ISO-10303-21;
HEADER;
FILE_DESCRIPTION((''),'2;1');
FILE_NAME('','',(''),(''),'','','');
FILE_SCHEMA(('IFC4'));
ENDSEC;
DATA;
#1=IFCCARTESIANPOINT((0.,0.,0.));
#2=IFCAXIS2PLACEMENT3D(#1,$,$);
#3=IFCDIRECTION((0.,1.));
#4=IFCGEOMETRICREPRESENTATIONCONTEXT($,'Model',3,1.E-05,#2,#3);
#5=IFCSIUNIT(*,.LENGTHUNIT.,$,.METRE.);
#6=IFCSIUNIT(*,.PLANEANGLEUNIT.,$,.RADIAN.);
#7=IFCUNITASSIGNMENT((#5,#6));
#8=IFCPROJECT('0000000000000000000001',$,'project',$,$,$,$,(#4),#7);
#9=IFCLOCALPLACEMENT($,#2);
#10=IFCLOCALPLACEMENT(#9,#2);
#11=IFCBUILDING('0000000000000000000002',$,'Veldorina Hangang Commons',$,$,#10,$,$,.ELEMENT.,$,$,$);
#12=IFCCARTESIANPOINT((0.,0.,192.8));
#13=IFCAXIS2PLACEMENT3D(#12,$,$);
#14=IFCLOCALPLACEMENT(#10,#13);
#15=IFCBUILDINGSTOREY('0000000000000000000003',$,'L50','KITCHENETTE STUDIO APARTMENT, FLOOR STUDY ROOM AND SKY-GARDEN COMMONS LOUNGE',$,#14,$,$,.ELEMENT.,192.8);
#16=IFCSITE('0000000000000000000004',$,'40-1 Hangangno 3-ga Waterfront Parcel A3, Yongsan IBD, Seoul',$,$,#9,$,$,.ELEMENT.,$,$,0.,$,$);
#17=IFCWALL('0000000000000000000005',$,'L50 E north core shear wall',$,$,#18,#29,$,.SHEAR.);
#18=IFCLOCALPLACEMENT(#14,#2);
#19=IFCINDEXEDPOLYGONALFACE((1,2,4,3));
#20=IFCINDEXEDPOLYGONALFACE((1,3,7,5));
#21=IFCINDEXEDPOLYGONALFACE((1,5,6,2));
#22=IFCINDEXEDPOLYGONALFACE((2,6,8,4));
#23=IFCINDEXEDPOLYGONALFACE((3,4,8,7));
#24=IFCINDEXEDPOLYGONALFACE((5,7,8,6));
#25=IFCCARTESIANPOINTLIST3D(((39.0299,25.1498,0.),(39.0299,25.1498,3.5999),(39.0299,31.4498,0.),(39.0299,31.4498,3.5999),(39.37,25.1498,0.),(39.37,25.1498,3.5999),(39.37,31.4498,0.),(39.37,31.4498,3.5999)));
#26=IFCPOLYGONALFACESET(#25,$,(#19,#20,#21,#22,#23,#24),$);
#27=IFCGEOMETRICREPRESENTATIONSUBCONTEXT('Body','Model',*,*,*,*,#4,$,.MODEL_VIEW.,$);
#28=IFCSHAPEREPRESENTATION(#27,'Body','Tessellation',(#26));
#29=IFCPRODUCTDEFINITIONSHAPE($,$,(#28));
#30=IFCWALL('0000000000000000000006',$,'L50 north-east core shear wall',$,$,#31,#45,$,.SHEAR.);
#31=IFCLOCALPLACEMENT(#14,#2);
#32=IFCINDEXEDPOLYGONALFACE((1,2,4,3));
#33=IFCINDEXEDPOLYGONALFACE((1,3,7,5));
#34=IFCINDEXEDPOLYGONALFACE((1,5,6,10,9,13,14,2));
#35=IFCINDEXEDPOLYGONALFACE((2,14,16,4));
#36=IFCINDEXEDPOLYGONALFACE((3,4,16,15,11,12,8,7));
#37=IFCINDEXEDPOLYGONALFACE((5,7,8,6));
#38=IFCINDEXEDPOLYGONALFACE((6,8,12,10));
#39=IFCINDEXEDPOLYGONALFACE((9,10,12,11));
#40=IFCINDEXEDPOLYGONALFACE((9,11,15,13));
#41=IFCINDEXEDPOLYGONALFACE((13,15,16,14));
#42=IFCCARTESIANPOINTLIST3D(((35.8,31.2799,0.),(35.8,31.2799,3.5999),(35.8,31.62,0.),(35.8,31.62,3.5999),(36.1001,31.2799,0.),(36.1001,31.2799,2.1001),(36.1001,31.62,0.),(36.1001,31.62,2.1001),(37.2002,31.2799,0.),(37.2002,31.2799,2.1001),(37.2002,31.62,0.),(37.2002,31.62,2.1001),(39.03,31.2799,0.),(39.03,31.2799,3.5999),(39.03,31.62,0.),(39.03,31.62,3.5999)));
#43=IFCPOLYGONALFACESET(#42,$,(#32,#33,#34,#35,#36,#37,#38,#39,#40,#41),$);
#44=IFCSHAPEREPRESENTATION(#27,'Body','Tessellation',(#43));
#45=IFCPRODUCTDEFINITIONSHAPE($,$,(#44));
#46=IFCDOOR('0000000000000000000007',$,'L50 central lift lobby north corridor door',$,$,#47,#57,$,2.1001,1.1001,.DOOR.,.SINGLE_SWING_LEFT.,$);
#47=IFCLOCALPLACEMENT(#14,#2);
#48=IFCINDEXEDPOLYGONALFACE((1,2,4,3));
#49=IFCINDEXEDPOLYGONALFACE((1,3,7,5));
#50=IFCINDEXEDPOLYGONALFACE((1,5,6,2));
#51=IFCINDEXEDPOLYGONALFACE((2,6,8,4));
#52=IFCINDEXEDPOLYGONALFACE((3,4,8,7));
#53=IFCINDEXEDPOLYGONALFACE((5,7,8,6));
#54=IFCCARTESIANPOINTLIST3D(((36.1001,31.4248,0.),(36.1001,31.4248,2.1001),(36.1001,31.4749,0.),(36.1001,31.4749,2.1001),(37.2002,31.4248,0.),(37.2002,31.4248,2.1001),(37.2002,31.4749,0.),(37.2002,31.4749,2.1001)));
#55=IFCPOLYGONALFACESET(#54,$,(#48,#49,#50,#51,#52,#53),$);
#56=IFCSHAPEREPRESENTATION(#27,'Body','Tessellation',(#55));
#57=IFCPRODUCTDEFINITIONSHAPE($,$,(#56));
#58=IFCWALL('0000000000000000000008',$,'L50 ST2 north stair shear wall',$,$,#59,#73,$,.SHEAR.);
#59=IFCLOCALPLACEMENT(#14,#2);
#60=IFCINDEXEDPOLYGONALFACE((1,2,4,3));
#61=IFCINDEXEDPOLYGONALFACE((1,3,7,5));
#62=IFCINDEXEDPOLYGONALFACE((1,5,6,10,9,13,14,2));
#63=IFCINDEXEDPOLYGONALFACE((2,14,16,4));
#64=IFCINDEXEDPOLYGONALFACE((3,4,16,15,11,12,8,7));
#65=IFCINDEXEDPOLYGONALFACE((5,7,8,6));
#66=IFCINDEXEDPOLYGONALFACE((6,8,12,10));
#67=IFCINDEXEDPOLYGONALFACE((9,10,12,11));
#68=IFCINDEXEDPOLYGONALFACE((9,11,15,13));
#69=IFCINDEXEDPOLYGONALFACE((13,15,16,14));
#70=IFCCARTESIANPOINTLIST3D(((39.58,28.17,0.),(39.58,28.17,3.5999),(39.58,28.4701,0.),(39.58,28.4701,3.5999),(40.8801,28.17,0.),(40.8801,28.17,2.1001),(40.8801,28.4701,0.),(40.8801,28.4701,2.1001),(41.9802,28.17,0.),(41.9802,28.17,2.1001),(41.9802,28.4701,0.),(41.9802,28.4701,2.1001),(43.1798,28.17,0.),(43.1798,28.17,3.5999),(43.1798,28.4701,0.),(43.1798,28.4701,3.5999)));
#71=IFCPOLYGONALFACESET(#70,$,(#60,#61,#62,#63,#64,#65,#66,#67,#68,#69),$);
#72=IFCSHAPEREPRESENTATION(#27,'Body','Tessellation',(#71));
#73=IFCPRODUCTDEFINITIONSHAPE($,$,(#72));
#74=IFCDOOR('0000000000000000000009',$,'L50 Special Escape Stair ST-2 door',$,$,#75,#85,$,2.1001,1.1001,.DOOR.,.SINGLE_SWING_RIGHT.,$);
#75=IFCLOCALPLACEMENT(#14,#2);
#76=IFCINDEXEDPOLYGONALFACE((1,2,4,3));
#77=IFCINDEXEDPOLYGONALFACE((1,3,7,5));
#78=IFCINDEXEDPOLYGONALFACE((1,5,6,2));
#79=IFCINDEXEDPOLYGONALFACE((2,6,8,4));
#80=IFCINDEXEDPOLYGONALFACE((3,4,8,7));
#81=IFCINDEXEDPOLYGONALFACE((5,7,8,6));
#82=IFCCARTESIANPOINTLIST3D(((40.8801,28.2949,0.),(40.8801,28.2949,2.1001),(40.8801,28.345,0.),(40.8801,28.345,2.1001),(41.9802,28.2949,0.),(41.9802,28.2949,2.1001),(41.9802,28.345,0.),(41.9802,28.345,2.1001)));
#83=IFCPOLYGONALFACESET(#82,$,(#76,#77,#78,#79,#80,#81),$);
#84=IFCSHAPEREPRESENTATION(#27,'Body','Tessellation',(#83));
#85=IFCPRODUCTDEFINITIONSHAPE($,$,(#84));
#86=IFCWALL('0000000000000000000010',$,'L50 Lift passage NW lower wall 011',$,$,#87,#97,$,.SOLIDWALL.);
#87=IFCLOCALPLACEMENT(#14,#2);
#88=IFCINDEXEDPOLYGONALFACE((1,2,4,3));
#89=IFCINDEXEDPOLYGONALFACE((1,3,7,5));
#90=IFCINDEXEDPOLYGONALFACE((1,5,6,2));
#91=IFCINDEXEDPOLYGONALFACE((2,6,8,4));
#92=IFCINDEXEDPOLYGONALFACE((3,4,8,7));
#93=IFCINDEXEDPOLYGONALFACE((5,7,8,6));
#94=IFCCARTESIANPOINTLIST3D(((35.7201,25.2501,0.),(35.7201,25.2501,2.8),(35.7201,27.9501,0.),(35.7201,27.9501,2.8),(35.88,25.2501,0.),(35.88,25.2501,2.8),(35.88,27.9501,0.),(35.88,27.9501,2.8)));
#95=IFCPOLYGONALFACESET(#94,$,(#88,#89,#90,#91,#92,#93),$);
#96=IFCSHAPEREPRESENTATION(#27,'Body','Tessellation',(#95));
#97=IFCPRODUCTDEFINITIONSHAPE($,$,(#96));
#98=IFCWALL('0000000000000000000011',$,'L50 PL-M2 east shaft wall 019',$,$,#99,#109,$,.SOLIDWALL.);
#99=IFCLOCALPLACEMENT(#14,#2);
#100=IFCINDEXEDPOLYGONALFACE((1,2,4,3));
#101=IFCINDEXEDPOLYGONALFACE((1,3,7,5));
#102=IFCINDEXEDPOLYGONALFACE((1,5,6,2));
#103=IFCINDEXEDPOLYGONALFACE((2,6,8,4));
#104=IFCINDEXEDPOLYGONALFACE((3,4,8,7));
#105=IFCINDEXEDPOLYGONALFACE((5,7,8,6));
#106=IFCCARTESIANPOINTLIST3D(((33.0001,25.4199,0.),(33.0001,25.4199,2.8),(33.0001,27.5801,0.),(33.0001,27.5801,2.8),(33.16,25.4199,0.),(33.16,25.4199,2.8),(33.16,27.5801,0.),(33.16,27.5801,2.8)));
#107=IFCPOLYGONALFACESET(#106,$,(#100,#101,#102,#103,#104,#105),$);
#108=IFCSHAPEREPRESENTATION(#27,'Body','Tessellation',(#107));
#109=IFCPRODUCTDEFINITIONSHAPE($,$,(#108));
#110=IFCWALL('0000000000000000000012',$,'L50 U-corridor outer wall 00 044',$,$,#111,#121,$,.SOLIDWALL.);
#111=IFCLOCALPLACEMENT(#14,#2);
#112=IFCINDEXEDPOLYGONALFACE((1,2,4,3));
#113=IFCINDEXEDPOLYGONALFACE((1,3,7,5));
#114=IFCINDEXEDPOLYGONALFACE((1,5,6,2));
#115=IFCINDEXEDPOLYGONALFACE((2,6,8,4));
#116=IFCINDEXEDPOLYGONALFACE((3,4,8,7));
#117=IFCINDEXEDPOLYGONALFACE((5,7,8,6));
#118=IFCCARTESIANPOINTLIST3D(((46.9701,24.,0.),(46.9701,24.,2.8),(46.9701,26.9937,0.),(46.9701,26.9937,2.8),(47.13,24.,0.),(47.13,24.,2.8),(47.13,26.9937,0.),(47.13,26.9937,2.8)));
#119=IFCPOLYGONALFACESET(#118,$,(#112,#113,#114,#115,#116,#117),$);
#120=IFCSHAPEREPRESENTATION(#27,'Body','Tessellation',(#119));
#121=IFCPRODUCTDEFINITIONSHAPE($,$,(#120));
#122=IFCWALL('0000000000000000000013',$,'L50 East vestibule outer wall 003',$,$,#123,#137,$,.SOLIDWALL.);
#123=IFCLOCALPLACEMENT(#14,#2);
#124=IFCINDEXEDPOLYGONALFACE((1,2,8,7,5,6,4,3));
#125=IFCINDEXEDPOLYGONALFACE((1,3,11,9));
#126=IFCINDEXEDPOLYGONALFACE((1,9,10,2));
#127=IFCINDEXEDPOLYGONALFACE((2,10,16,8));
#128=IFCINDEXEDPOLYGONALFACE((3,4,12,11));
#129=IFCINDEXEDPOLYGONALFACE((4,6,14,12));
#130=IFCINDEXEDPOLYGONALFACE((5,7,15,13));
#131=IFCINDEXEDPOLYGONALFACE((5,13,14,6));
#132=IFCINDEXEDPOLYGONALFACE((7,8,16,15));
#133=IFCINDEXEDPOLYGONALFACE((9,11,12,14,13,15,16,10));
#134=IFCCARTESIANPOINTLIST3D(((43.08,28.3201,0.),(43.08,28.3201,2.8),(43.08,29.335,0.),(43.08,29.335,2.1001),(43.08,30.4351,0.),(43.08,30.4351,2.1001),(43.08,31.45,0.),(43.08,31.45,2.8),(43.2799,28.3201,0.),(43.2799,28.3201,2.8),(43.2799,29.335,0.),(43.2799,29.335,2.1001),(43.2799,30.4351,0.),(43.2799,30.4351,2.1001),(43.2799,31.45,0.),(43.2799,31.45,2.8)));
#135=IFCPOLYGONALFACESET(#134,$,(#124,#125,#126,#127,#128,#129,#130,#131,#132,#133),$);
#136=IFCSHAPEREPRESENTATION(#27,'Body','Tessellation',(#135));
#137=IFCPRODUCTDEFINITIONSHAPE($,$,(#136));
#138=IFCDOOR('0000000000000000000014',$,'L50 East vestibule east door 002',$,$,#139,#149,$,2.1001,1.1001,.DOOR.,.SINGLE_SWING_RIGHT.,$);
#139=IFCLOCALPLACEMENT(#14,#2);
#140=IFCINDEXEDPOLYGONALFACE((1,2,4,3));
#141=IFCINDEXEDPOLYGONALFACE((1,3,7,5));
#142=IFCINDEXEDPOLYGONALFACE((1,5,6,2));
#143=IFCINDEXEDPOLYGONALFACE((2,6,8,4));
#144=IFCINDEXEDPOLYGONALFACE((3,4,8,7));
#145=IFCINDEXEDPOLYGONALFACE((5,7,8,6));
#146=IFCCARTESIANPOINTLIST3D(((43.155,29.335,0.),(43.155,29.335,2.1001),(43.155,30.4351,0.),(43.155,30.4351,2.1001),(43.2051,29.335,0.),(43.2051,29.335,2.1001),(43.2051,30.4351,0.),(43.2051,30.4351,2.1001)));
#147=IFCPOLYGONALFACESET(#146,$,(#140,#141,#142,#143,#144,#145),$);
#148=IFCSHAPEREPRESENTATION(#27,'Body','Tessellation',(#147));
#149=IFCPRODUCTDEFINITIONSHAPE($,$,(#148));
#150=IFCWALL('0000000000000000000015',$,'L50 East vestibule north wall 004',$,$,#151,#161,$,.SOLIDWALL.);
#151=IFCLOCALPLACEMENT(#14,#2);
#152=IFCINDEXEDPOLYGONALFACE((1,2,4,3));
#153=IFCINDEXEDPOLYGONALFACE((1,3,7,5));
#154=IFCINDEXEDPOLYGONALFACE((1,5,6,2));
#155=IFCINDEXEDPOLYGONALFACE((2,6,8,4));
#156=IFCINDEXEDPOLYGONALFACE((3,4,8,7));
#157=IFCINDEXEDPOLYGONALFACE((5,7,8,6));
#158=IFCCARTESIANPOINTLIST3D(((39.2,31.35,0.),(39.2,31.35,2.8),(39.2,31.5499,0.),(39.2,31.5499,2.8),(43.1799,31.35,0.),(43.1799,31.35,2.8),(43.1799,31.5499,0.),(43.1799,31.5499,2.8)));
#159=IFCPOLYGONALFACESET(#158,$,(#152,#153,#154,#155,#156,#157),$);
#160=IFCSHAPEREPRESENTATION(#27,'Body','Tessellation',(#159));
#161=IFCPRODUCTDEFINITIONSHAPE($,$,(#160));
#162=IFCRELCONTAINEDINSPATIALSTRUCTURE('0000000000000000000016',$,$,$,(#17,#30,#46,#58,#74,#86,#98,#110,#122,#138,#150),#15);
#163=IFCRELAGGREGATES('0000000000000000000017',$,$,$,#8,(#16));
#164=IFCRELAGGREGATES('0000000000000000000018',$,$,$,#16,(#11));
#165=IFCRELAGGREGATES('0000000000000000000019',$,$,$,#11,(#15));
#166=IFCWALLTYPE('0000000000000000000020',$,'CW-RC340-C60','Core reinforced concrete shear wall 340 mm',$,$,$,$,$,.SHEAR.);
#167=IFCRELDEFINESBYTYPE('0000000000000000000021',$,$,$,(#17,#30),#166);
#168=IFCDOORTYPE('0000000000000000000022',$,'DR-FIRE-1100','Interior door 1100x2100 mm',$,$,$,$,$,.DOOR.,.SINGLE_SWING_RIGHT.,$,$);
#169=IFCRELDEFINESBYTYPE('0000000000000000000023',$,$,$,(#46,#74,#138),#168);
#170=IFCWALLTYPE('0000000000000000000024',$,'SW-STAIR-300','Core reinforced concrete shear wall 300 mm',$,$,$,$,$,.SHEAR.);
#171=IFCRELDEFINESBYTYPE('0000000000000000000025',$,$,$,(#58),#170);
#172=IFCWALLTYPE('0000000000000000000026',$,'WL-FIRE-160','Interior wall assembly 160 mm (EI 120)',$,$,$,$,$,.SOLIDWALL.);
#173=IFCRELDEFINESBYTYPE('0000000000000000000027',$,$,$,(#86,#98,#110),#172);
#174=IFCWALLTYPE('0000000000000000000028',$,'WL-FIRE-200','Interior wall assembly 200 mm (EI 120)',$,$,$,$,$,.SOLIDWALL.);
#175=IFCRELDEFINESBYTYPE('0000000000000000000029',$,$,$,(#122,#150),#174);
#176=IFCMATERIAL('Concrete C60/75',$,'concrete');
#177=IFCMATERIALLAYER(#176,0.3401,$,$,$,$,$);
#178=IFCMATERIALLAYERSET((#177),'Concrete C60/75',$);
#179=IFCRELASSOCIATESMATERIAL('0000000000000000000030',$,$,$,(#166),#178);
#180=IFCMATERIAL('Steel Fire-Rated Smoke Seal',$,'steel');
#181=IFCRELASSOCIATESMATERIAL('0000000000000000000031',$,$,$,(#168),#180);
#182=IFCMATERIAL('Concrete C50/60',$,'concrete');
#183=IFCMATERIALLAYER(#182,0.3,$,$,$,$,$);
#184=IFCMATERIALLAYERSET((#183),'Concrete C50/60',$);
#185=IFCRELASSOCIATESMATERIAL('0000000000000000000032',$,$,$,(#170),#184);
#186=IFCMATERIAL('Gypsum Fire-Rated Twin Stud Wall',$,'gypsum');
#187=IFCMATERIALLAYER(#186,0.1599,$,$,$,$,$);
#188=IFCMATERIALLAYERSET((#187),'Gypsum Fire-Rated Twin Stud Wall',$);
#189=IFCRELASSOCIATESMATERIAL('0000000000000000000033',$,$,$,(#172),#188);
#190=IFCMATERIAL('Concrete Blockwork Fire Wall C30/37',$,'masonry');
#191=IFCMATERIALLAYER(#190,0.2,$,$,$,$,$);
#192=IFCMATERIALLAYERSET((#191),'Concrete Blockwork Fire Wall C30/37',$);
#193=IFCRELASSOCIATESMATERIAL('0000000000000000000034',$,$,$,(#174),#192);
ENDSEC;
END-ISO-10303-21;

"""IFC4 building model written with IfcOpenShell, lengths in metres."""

from ifc_helpers import new_model, si_unit, direction, frame, frame_2d, origin, place, context, subcontext, project, spatial, rectangle, extrude, material, layer, layer_set, type_object, element, fill, save


model = new_model("IFC4")

# Units and contexts
model_context = context("Model", 3, precision=1e-05, world=origin(), true_north=direction((0.0, 1.0)))
body_context = subcontext(model_context, "Body", "Model", "MODEL_VIEW")
ifc_project = project(units=[si_unit("LENGTHUNIT", "METRE"), si_unit("PLANEANGLEUNIT", "RADIAN")], contexts=[model_context])

# Site, building, storey
site_placement = place(None, origin())
site = spatial("IfcSite", under=ifc_project, at=site_placement, Name="40-1 Hangangno 3-ga Waterfront Parcel A3, Yongsan IBD, Seoul", CompositionType="ELEMENT", RefElevation=0.0)
building_placement = place(site_placement, origin())
building = spatial("IfcBuilding", under=site, at=building_placement, Name="Veldorina Hangang Commons", CompositionType="ELEMENT")
storey_placement = place(building_placement, frame((0.0, 0.0, 192.8)))
storey = spatial("IfcBuildingStorey", under=building, at=storey_placement, Name="L50", Description="KITCHENETTE STUDIO APARTMENT, FLOOR STUDY ROOM AND SKY-GARDEN COMMONS LOUNGE", CompositionType="ELEMENT", Elevation=192.8)

# Wall
ifc_material_1 = material(Name="Concrete C60/75", Category="concrete")
ifc_layer_1 = layer(ifc_material_1, 0.3401)
ifc_layer_set_1 = layer_set([ifc_layer_1], Name="Concrete C60/75")
wall_type_1 = type_object("IfcWallType", Name="CW-RC340-C60", Description="Core reinforced concrete shear wall 340 mm", PredefinedType="SHEAR", material=ifc_layer_set_1)
wall_1_placement = place(storey_placement, frame((39.2, 25.1499, 0.0), z_axis=(0.0, 0.0, 1.0), x_axis=(0.0, 1.0, 0.0)))
element("IfcWall", 1, at=wall_1_placement, inside=storey, type_object=wall_type_1, Name="L50 E north core shear wall", PredefinedType="SHEAR", context=body_context, shape_type="SweptSolid", body=[
    extrude(rectangle(XDim=6.3, YDim=0.3401, at=frame_2d((3.1499, 0.0))), origin(), (0.0, 0.0, 1.0), 3.5999),
])

# Walls, openings, doors
wall_2_placement = place(storey_placement, frame((35.8, 31.45, 0.0), z_axis=(0.0, 0.0, 1.0), x_axis=(1.0, 0.0, 0.0)))
wall_2 = element("IfcWall", 2, at=wall_2_placement, inside=storey, type_object=wall_type_1, Name="L50 north-east core shear wall", PredefinedType="SHEAR", context=body_context, shape_type="SweptSolid", body=[
    extrude(rectangle(XDim=3.23, YDim=0.3401, at=frame_2d((1.615, 0.0))), origin(), (0.0, 0.0, 1.0), 3.5999),
])
opening_1_placement = place(wall_2_placement, frame((0.3, 0.0, 0.0)))
opening_1 = element("IfcOpeningElement", 3, at=opening_1_placement, cuts=wall_2, PredefinedType="OPENING", context=body_context, shape_type="SweptSolid", body=[
    extrude(rectangle(XDim=1.1001, YDim=2.1001, at=frame_2d((0.55, 1.05))), frame((0.0, 0.1802, 0.0), z_axis=(0.0, -1.0, 0.0), x_axis=(1.0, 0.0, 0.0)), (0.0, 0.0, 1.0), 0.3601),
])
ifc_material_2 = material(Name="Steel Fire-Rated Smoke Seal", Category="steel")
door_type_1 = type_object("IfcDoorType", Name="DR-FIRE-1100", Description="Interior door 1100x2100 mm", OperationType="SINGLE_SWING_RIGHT", PredefinedType="DOOR", material=ifc_material_2)
door_1_placement = place(opening_1_placement, origin())
door_1 = element("IfcDoor", 4, at=door_1_placement, inside=storey, type_object=door_type_1, Name="L50 central lift lobby north corridor door", OperationType="SINGLE_SWING_LEFT", OverallHeight=2.1001, OverallWidth=1.1001, PredefinedType="DOOR", context=body_context, shape_type="SweptSolid", body=[
    extrude(rectangle(XDim=1.1001, YDim=2.1001, at=frame_2d((0.55, 1.05))), frame((0.0, 0.0249, 0.0), z_axis=(0.0, -1.0, 0.0), x_axis=(1.0, 0.0, 0.0)), (0.0, 0.0, 1.0), 0.05),
])
fill(opening_1, door_1)
ifc_material_3 = material(Name="Concrete C50/60", Category="concrete")
ifc_layer_2 = layer(ifc_material_3, 0.3)
ifc_layer_set_2 = layer_set([ifc_layer_2], Name="Concrete C50/60")
wall_type_2 = type_object("IfcWallType", Name="SW-STAIR-300", Description="Core reinforced concrete shear wall 300 mm", PredefinedType="SHEAR", material=ifc_layer_set_2)
wall_3_placement = place(storey_placement, frame((39.5801, 28.3201, 0.0), z_axis=(0.0, 0.0, 1.0), x_axis=(1.0, 0.0, 0.0)))
wall_3 = element("IfcWall", 5, at=wall_3_placement, inside=storey, type_object=wall_type_2, Name="L50 ST2 north stair shear wall", PredefinedType="SHEAR", context=body_context, shape_type="SweptSolid", body=[
    extrude(rectangle(XDim=3.5999, YDim=0.3, at=frame_2d((1.7998, 0.0))), origin(), (0.0, 0.0, 1.0), 3.5999),
])
opening_2_placement = place(wall_3_placement, frame((1.3, 0.0, 0.0)))
opening_2 = element("IfcOpeningElement", 6, at=opening_2_placement, cuts=wall_3, PredefinedType="OPENING", context=body_context, shape_type="SweptSolid", body=[
    extrude(rectangle(XDim=1.1001, YDim=2.1001, at=frame_2d((0.55, 1.05))), frame((0.0, 0.1602, 0.0), z_axis=(0.0, -1.0, 0.0), x_axis=(1.0, 0.0, 0.0)), (0.0, 0.0, 1.0), 0.3201),
])
door_2_placement = place(opening_2_placement, origin())
door_2 = element("IfcDoor", 7, at=door_2_placement, inside=storey, type_object=door_type_1, Name="L50 Special Escape Stair ST-2 door", OperationType="SINGLE_SWING_RIGHT", OverallHeight=2.1001, OverallWidth=1.1001, PredefinedType="DOOR", context=body_context, shape_type="SweptSolid", body=[
    extrude(rectangle(XDim=1.1001, YDim=2.1001, at=frame_2d((0.55, 1.05))), frame((0.0, 0.0249, 0.0), z_axis=(0.0, -1.0, 0.0), x_axis=(1.0, 0.0, 0.0)), (0.0, 0.0, 1.0), 0.05),
])
fill(opening_2, door_2)

# Walls
ifc_material_4 = material(Name="Gypsum Fire-Rated Twin Stud Wall", Category="gypsum")
ifc_layer_3 = layer(ifc_material_4, 0.1599)
ifc_layer_set_3 = layer_set([ifc_layer_3], Name="Gypsum Fire-Rated Twin Stud Wall")
wall_type_3 = type_object("IfcWallType", Name="WL-FIRE-160", Description="Interior wall assembly 160 mm (EI 120)", PredefinedType="SOLIDWALL", material=ifc_layer_set_3)
wall_4_placement = place(storey_placement, frame((35.8, 25.25, 0.0), z_axis=(0.0, 0.0, 1.0), x_axis=(0.0, 1.0, 0.0)))
element("IfcWall", 8, at=wall_4_placement, inside=storey, type_object=wall_type_3, Name="L50 Lift passage NW lower wall 011", PredefinedType="SOLIDWALL", context=body_context, shape_type="SweptSolid", body=[
    extrude(rectangle(XDim=2.7, YDim=0.1599, at=frame_2d((1.3501, 0.0))), origin(), (0.0, 0.0, 1.0), 2.8),
])
wall_5_placement = place(storey_placement, frame((33.0801, 25.4199, 0.0), z_axis=(0.0, 0.0, 1.0), x_axis=(0.0, 1.0, 0.0)))
element("IfcWall", 9, at=wall_5_placement, inside=storey, type_object=wall_type_3, Name="L50 PL-M2 east shaft wall 019", PredefinedType="SOLIDWALL", context=body_context, shape_type="SweptSolid", body=[
    extrude(rectangle(XDim=2.1602, YDim=0.1599, at=frame_2d((1.0801, 0.0))), origin(), (0.0, 0.0, 1.0), 2.8),
])
wall_6_placement = place(storey_placement, frame((47.05, 24.0, 0.0), z_axis=(0.0, 0.0, 1.0), x_axis=(0.0, 1.0, 0.0)))
element("IfcWall", 10, at=wall_6_placement, inside=storey, type_object=wall_type_3, Name="L50 U-corridor outer wall 00 044", PredefinedType="SOLIDWALL", context=body_context, shape_type="SweptSolid", body=[
    extrude(rectangle(XDim=2.9937, YDim=0.1599, at=frame_2d((1.4968, 0.0))), origin(), (0.0, 0.0, 1.0), 2.8),
])

# Wall, opening, door
ifc_material_5 = material(Name="Concrete Blockwork Fire Wall C30/37", Category="masonry")
ifc_layer_4 = layer(ifc_material_5, 0.2)
ifc_layer_set_4 = layer_set([ifc_layer_4], Name="Concrete Blockwork Fire Wall C30/37")
wall_type_4 = type_object("IfcWallType", Name="WL-FIRE-200", Description="Interior wall assembly 200 mm (EI 120)", PredefinedType="SOLIDWALL", material=ifc_layer_set_4)
wall_7_placement = place(storey_placement, frame((43.1799, 28.3201, 0.0), z_axis=(0.0, 0.0, 1.0), x_axis=(0.0, 1.0, 0.0)))
wall_7 = element("IfcWall", 11, at=wall_7_placement, inside=storey, type_object=wall_type_4, Name="L50 East vestibule outer wall 003", PredefinedType="SOLIDWALL", context=body_context, shape_type="SweptSolid", body=[
    extrude(rectangle(XDim=3.1299, YDim=0.2, at=frame_2d((1.5649, 0.0))), origin(), (0.0, 0.0, 1.0), 2.8),
])
opening_3_placement = place(wall_7_placement, frame((1.0149, 0.0, 0.0)))
opening_3 = element("IfcOpeningElement", 12, at=opening_3_placement, cuts=wall_7, PredefinedType="OPENING", context=body_context, shape_type="SweptSolid", body=[
    extrude(rectangle(XDim=1.1001, YDim=2.1001, at=frame_2d((0.55, 1.05))), frame((0.0, 0.1099, 0.0), z_axis=(0.0, -1.0, 0.0), x_axis=(1.0, 0.0, 0.0)), (0.0, 0.0, 1.0), 0.22),
])
door_3_placement = place(opening_3_placement, origin())
door_3 = element("IfcDoor", 13, at=door_3_placement, inside=storey, type_object=door_type_1, Name="L50 East vestibule east door 002", OperationType="SINGLE_SWING_RIGHT", OverallHeight=2.1001, OverallWidth=1.1001, PredefinedType="DOOR", context=body_context, shape_type="SweptSolid", body=[
    extrude(rectangle(XDim=1.1001, YDim=2.1001, at=frame_2d((0.55, 1.05))), frame((0.0, 0.0249, 0.0), z_axis=(0.0, -1.0, 0.0), x_axis=(1.0, 0.0, 0.0)), (0.0, 0.0, 1.0), 0.05),
])
fill(opening_3, door_3)

# Wall
wall_8_placement = place(storey_placement, frame((39.2, 31.45, 0.0), z_axis=(0.0, 0.0, 1.0), x_axis=(1.0, 0.0, 0.0)))
element("IfcWall", 14, at=wall_8_placement, inside=storey, type_object=wall_type_4, Name="L50 East vestibule north wall 004", PredefinedType="SOLIDWALL", context=body_context, shape_type="SweptSolid", body=[
    extrude(rectangle(XDim=3.98, YDim=0.2, at=frame_2d((1.99, 0.0))), origin(), (0.0, 0.0, 1.0), 2.8),
])

save(model, "model.ifc")
